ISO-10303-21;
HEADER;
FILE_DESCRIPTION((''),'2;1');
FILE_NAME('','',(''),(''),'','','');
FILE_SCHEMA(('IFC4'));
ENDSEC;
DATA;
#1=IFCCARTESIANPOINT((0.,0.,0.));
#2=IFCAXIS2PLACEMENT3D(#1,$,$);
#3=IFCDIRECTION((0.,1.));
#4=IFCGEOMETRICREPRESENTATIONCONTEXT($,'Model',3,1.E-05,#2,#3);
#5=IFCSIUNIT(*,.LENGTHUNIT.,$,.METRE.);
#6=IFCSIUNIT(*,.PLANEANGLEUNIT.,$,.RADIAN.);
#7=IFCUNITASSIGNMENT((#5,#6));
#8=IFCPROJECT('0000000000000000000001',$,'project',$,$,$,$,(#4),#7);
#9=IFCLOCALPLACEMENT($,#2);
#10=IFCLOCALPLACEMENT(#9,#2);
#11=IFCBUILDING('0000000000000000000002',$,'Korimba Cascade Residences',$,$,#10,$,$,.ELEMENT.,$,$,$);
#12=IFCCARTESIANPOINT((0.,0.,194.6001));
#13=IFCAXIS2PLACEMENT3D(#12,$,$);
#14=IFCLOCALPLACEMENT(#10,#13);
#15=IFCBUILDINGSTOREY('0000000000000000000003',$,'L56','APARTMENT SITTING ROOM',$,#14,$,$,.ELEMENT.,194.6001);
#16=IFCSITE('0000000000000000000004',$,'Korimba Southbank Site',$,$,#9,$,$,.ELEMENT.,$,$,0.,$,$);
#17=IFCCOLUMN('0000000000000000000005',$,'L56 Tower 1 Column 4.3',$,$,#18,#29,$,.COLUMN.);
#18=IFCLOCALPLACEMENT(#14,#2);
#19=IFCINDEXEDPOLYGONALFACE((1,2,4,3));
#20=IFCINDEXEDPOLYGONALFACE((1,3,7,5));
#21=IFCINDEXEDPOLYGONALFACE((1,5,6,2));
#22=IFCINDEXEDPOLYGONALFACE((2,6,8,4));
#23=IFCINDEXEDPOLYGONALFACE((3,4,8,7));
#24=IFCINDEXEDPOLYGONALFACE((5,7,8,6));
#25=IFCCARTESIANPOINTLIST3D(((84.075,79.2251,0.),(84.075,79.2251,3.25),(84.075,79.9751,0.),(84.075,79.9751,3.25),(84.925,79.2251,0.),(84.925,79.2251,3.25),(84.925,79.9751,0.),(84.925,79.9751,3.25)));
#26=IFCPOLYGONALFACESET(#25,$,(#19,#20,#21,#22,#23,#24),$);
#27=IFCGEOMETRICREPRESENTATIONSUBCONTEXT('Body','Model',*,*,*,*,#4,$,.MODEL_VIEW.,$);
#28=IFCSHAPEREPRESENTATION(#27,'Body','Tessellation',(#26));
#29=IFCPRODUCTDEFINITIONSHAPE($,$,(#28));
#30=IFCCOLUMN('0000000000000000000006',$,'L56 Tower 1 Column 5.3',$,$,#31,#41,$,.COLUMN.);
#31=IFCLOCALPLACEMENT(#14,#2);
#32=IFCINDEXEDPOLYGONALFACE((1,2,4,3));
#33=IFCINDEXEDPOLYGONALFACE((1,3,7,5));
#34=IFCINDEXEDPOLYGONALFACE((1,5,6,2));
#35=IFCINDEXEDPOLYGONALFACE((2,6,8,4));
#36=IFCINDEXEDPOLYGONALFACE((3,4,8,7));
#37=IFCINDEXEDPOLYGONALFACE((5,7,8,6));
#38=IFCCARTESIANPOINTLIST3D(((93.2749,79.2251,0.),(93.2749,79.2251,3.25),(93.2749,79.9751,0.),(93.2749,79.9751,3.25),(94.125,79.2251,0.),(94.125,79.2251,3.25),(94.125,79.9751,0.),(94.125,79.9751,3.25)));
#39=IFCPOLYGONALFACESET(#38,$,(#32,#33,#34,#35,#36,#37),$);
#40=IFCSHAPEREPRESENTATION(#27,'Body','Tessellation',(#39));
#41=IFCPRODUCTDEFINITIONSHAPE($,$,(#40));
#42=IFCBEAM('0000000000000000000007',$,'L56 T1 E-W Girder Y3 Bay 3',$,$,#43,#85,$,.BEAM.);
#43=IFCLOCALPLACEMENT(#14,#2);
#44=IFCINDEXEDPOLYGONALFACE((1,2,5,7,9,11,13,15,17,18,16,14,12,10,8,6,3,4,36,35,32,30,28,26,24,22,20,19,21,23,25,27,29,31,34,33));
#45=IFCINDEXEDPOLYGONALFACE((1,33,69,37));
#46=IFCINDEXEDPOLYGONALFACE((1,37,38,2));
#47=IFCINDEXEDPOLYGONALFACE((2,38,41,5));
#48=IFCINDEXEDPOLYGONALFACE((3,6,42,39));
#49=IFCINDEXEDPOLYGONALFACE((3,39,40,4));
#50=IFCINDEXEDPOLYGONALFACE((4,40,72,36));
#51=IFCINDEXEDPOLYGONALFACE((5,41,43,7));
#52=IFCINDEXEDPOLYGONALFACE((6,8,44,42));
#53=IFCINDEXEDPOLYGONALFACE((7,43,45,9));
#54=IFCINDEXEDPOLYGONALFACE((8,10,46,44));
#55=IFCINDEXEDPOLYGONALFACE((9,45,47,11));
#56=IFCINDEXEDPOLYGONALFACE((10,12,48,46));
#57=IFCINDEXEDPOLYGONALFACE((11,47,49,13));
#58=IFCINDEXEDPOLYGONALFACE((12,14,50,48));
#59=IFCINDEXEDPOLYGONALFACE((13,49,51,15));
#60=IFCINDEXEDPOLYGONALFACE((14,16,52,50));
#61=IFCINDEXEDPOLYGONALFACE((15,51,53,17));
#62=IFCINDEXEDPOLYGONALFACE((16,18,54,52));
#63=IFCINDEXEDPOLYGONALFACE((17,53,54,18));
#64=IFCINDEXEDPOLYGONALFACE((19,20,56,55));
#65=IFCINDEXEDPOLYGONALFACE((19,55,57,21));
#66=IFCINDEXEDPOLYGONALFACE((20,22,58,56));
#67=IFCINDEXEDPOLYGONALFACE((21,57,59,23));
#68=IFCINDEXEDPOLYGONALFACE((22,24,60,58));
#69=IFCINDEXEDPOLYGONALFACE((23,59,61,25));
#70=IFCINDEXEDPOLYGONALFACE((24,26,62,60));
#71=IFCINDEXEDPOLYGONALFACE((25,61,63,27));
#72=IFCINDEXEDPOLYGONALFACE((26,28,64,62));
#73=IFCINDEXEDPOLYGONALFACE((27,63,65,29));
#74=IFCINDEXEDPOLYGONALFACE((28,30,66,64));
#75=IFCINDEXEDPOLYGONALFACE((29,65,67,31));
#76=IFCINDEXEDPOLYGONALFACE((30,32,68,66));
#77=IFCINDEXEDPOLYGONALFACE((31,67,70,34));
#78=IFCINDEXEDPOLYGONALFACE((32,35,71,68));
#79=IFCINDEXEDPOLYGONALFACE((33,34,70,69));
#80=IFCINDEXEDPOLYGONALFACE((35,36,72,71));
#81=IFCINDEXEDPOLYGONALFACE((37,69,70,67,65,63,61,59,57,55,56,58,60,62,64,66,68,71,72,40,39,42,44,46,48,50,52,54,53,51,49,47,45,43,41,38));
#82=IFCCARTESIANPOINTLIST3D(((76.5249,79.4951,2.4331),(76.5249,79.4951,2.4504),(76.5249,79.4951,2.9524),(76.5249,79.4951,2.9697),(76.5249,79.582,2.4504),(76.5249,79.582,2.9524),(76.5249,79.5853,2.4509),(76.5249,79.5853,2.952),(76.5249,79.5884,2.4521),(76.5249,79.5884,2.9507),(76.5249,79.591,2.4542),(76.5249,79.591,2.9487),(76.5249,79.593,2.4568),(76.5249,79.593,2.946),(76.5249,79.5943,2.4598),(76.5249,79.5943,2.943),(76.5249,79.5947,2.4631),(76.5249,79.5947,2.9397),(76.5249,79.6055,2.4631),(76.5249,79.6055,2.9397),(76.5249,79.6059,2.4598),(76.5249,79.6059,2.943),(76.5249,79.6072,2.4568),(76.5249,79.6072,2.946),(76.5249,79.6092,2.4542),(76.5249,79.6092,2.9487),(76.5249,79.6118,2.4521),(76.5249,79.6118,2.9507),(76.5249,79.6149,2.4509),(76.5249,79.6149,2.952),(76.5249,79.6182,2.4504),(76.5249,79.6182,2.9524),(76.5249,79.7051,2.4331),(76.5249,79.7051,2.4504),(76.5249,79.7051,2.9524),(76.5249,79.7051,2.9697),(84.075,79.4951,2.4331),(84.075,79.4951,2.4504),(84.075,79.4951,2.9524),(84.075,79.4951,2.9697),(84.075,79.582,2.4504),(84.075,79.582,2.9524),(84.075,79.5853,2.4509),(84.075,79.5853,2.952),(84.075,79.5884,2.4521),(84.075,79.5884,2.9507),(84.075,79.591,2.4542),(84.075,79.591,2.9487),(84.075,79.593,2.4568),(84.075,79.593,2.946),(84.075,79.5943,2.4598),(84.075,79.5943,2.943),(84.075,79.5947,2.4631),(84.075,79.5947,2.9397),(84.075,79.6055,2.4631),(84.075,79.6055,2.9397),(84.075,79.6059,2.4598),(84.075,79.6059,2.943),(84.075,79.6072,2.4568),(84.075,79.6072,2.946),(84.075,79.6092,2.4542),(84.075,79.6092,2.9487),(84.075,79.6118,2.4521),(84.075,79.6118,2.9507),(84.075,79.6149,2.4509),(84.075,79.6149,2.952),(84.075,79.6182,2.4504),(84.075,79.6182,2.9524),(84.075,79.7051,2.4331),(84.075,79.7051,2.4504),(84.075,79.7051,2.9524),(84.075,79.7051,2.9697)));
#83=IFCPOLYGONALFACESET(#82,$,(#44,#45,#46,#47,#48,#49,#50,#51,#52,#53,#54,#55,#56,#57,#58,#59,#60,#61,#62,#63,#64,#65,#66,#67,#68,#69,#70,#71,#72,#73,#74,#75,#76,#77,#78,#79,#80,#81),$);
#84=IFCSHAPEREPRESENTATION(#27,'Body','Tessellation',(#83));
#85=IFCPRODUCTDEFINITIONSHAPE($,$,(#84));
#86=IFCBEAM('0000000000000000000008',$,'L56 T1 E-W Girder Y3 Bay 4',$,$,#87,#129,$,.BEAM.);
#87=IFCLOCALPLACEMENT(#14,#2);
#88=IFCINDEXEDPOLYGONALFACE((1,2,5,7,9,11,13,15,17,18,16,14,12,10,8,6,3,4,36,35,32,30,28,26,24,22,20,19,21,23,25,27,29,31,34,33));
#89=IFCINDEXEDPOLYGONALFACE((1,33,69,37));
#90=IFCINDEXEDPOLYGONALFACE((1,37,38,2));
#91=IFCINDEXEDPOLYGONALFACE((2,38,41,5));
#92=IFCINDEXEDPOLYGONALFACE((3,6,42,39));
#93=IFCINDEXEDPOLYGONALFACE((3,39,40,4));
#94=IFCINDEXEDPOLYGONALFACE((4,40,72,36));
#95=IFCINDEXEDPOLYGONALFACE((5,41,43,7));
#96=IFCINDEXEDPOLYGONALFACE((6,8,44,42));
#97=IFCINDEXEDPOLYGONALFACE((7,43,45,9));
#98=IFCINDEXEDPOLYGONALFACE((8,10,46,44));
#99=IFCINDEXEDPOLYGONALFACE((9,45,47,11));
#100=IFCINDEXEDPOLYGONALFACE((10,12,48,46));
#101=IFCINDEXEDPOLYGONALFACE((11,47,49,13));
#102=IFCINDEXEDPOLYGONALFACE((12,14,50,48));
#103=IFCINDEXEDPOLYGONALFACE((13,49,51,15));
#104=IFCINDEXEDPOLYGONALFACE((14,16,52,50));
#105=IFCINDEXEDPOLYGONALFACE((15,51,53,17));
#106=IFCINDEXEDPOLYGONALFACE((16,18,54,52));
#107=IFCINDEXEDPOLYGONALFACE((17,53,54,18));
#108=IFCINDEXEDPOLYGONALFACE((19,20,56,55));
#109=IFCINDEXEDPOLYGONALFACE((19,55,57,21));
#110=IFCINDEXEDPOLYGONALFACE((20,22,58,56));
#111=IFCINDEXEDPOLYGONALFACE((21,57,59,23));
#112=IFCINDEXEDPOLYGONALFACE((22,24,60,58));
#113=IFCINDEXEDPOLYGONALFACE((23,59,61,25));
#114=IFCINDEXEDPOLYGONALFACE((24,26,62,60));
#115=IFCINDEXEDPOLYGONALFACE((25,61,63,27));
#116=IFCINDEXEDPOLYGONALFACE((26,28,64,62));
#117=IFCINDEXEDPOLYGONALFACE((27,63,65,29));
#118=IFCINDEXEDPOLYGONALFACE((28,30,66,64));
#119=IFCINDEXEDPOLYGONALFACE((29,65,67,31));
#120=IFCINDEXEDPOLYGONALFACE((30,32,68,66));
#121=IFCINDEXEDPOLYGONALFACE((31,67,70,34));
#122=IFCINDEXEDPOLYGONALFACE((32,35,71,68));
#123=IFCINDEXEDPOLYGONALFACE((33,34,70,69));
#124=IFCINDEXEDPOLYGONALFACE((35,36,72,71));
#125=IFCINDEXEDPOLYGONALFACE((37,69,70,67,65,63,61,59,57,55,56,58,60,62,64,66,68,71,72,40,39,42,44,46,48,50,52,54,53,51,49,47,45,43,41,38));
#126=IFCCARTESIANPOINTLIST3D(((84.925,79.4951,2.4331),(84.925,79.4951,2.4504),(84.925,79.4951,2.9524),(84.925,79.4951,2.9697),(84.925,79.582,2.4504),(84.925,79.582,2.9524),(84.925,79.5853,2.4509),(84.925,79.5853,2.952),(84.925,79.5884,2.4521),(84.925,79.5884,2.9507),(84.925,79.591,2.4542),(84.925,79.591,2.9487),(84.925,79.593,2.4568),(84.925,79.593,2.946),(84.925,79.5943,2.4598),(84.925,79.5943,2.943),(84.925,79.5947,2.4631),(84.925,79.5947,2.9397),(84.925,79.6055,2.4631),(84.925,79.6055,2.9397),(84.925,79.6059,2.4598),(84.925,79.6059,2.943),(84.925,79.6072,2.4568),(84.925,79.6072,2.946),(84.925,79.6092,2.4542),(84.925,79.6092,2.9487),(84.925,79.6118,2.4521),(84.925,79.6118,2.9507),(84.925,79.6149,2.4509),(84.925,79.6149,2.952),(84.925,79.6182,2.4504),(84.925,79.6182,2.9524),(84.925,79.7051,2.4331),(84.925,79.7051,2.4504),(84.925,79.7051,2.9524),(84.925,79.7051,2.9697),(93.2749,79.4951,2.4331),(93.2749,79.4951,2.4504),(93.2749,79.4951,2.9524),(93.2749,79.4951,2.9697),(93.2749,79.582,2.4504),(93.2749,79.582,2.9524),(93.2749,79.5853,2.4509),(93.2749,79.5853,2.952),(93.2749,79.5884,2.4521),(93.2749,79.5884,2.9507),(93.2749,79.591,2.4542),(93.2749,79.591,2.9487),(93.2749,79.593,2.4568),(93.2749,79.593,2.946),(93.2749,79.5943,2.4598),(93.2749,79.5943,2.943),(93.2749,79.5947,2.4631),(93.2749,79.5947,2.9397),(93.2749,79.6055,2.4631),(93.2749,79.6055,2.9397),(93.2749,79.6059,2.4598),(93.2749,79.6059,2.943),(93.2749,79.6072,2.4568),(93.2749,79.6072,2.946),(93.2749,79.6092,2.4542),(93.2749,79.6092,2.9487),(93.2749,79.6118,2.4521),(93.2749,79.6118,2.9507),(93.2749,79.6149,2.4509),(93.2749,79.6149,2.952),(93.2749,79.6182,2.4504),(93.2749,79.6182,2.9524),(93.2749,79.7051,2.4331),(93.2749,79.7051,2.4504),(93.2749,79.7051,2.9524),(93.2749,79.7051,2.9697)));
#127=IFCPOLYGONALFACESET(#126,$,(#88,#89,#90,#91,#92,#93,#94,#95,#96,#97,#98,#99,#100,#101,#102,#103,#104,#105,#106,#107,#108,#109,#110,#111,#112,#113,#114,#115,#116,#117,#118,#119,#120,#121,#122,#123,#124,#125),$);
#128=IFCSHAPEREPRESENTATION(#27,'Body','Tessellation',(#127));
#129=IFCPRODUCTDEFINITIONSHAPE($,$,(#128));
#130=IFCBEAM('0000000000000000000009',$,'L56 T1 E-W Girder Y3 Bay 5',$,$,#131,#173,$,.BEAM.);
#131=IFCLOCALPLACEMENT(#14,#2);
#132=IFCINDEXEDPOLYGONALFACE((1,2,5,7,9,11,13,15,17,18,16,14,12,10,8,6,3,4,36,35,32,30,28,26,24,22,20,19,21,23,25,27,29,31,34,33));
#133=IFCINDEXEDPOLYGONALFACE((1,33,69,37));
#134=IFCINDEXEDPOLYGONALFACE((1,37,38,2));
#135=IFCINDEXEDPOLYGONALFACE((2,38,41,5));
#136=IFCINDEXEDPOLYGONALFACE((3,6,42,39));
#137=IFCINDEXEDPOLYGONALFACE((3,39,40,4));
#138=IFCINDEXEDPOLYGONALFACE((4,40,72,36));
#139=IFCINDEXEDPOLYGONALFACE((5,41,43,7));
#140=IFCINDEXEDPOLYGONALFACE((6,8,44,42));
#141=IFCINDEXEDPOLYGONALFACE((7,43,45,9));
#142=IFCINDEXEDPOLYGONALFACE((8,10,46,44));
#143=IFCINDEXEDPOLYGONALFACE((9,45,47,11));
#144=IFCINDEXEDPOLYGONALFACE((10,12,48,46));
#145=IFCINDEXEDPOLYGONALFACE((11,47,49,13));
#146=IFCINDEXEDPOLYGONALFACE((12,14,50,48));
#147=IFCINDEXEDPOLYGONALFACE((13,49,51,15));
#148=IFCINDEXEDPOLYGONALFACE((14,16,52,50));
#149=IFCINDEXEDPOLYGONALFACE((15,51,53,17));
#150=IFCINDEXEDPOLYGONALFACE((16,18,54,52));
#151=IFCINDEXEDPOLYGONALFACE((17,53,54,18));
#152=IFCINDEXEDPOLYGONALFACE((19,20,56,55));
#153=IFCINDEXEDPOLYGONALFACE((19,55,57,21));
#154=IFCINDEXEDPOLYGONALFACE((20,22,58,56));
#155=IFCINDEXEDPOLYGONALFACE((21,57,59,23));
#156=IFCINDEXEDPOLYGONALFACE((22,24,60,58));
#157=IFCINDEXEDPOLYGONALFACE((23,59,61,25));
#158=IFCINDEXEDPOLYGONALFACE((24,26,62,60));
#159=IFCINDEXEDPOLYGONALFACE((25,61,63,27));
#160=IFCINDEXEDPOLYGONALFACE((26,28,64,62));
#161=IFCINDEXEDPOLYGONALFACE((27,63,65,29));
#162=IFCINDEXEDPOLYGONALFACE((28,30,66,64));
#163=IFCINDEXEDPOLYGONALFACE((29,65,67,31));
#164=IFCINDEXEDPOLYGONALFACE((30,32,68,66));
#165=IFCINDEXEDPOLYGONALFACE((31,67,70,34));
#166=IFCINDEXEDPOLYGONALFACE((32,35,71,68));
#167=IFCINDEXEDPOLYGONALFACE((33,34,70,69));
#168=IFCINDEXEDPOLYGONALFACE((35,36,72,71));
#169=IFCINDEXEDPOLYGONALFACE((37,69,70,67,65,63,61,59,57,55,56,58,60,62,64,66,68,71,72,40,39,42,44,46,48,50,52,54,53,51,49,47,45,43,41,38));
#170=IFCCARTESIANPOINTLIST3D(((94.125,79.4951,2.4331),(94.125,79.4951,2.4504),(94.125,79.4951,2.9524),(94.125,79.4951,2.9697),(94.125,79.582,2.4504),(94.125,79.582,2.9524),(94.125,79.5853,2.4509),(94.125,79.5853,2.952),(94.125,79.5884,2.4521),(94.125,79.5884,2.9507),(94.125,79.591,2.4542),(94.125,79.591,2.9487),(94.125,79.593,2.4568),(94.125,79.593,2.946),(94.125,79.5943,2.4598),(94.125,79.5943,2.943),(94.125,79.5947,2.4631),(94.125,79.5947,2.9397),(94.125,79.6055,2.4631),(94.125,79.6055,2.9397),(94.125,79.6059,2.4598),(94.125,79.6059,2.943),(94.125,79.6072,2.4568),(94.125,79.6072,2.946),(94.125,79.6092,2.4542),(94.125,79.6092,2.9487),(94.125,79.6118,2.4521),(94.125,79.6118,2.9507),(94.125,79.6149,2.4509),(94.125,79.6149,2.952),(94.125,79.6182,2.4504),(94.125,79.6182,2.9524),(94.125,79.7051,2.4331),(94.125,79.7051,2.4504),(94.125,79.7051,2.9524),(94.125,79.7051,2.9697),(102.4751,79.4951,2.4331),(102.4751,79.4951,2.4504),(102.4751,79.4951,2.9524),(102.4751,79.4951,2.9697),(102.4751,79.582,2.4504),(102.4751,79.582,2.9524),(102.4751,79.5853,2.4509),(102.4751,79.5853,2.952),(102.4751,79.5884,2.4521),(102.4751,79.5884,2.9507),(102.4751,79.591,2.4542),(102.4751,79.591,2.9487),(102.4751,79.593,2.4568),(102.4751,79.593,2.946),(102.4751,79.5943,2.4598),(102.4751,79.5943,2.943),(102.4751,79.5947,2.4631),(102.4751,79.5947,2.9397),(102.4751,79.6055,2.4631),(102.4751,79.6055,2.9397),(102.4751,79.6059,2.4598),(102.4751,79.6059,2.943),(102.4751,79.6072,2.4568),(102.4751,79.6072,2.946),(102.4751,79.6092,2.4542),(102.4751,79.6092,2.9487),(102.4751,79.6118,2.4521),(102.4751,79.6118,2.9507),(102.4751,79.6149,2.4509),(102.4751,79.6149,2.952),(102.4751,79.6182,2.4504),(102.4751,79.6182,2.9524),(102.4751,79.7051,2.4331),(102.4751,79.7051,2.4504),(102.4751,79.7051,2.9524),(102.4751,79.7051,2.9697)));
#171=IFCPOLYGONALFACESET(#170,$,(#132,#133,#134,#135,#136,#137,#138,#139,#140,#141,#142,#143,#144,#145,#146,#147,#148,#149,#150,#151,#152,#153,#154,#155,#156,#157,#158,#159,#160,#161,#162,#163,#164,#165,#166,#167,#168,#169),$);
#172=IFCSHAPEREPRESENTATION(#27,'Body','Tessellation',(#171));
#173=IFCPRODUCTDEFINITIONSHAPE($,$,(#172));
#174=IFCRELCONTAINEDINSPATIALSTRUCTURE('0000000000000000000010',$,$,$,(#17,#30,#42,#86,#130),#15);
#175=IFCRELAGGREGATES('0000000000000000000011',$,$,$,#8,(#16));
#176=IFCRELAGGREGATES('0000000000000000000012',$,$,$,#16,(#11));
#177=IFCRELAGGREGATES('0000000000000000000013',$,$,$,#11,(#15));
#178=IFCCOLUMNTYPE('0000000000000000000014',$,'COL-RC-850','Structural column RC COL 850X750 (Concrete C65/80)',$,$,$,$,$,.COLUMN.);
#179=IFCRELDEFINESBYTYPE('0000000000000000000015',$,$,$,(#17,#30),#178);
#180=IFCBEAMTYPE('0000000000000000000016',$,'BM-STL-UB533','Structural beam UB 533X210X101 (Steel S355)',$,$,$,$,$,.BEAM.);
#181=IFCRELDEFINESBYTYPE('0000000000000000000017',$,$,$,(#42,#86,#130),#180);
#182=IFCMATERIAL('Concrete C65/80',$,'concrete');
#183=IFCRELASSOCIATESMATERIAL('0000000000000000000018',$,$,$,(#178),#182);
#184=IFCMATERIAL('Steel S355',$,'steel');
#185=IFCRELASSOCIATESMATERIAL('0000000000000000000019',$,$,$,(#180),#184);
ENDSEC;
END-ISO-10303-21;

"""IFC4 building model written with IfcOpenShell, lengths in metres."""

from ifc_helpers import new_model, si_unit, direction, frame, origin, origin_2d, place, context, subcontext, project, spatial, rectangle, i_section, extrude, material, material_profile, profile_set, type_object, element, save


model = new_model("IFC4")

# Units and contexts
model_context = context("Model", 3, precision=1e-05, world=origin(), true_north=direction((0.0, 1.0)))
body_context = subcontext(model_context, "Body", "Model", "MODEL_VIEW")
ifc_project = project(units=[si_unit("LENGTHUNIT", "METRE"), si_unit("PLANEANGLEUNIT", "RADIAN")], contexts=[model_context])

# Site, building, storey
site_placement = place(None, origin())
site = spatial("IfcSite", under=ifc_project, at=site_placement, Name="Korimba Southbank Site", CompositionType="ELEMENT", RefElevation=0.0)
building_placement = place(site_placement, origin())
building = spatial("IfcBuilding", under=site, at=building_placement, Name="Korimba Cascade Residences", CompositionType="ELEMENT")
storey_placement = place(building_placement, frame((0.0, 0.0, 194.6001)))
storey = spatial("IfcBuildingStorey", under=building, at=storey_placement, Name="L56", Description="APARTMENT SITTING ROOM", CompositionType="ELEMENT", Elevation=194.6001)

# Columns
ifc_material_1 = material(Name="Concrete C65/80", Category="concrete")
ifc_material_profile_1 = material_profile(ifc_material_1, rectangle(XDim=0.8501, YDim=0.75, at=origin_2d()), Name="Concrete C65/80")
ifc_profile_set_1 = profile_set([ifc_material_profile_1], Name="Concrete C65/80")
column_type = type_object("IfcColumnType", Name="COL-RC-850", Description="Structural column RC COL 850X750 (Concrete C65/80)", PredefinedType="COLUMN", material=ifc_profile_set_1)
for number, where, z_axis, x_axis, name in (
    (1, (84.5, 79.6001, 0.0), (0.0, 0.0, 1.0), (1.0, 0.0, 0.0), "L56 Tower 1 Column 4.3"),
    (2, (93.7, 79.6001, 0.0), (0.0, 0.0, 1.0), (1.0, 0.0, 0.0), "L56 Tower 1 Column 5.3"),
):
    element("IfcColumn", number, at=place(storey_placement, frame(where, z_axis=z_axis, x_axis=x_axis)), inside=storey, type_object=column_type, Name=name, PredefinedType="COLUMN", context=body_context, shape_type="SweptSolid", body=[
        extrude(rectangle(XDim=0.8501, YDim=0.75, at=origin_2d()), origin(), (0.0, 0.0, 1.0), 3.25),
    ])

# Beams
ifc_material_2 = material(Name="Steel S355", Category="steel")
ifc_material_profile_2 = material_profile(ifc_material_2, i_section(OverallWidth=0.21, OverallDepth=0.5366, WebThickness=0.0107, FlangeThickness=0.0173, FilletRadius=0.0127, at=origin_2d()), Name="Steel S355")
ifc_profile_set_2 = profile_set([ifc_material_profile_2], Name="Steel S355")
beam_type_1 = type_object("IfcBeamType", Name="BM-STL-UB533", Description="Structural beam UB 533X210X101 (Steel S355)", PredefinedType="BEAM", material=ifc_profile_set_2)
beam_1_placement = place(storey_placement, frame((76.5249, 79.6001, 2.7014), z_axis=(1.0, 0.0, 0.0), x_axis=(0.0, 1.0, 0.0)))
element("IfcBeam", 3, at=beam_1_placement, inside=storey, type_object=beam_type_1, Name="L56 T1 E-W Girder Y3 Bay 3", PredefinedType="BEAM", context=body_context, shape_type="SweptSolid", body=[
    extrude(i_section(OverallWidth=0.21, OverallDepth=0.5366, WebThickness=0.0107, FlangeThickness=0.0173, FilletRadius=0.0127, at=origin_2d()), origin(), (0.0, 0.0, 1.0), 7.55),
])
beam_2_placement = place(storey_placement, frame((84.925, 79.6001, 2.7014), z_axis=(1.0, 0.0, 0.0), x_axis=(0.0, 1.0, 0.0)))
element("IfcBeam", 4, at=beam_2_placement, inside=storey, type_object=beam_type_1, Name="L56 T1 E-W Girder Y3 Bay 4", PredefinedType="BEAM", context=body_context, shape_type="SweptSolid", body=[
    extrude(i_section(OverallWidth=0.21, OverallDepth=0.5366, WebThickness=0.0107, FlangeThickness=0.0173, FilletRadius=0.0127, at=origin_2d()), origin(), (0.0, 0.0, 1.0), 8.3499),
])
beam_3_placement = place(storey_placement, frame((94.125, 79.6001, 2.7014), z_axis=(1.0, 0.0, 0.0), x_axis=(0.0, 1.0, 0.0)))
element("IfcBeam", 5, at=beam_3_placement, inside=storey, type_object=beam_type_1, Name="L56 T1 E-W Girder Y3 Bay 5", PredefinedType="BEAM", context=body_context, shape_type="SweptSolid", body=[
    extrude(i_section(OverallWidth=0.21, OverallDepth=0.5366, WebThickness=0.0107, FlangeThickness=0.0173, FilletRadius=0.0127, at=origin_2d()), origin(), (0.0, 0.0, 1.0), 8.3501),
])

save(model, "model.ifc")
